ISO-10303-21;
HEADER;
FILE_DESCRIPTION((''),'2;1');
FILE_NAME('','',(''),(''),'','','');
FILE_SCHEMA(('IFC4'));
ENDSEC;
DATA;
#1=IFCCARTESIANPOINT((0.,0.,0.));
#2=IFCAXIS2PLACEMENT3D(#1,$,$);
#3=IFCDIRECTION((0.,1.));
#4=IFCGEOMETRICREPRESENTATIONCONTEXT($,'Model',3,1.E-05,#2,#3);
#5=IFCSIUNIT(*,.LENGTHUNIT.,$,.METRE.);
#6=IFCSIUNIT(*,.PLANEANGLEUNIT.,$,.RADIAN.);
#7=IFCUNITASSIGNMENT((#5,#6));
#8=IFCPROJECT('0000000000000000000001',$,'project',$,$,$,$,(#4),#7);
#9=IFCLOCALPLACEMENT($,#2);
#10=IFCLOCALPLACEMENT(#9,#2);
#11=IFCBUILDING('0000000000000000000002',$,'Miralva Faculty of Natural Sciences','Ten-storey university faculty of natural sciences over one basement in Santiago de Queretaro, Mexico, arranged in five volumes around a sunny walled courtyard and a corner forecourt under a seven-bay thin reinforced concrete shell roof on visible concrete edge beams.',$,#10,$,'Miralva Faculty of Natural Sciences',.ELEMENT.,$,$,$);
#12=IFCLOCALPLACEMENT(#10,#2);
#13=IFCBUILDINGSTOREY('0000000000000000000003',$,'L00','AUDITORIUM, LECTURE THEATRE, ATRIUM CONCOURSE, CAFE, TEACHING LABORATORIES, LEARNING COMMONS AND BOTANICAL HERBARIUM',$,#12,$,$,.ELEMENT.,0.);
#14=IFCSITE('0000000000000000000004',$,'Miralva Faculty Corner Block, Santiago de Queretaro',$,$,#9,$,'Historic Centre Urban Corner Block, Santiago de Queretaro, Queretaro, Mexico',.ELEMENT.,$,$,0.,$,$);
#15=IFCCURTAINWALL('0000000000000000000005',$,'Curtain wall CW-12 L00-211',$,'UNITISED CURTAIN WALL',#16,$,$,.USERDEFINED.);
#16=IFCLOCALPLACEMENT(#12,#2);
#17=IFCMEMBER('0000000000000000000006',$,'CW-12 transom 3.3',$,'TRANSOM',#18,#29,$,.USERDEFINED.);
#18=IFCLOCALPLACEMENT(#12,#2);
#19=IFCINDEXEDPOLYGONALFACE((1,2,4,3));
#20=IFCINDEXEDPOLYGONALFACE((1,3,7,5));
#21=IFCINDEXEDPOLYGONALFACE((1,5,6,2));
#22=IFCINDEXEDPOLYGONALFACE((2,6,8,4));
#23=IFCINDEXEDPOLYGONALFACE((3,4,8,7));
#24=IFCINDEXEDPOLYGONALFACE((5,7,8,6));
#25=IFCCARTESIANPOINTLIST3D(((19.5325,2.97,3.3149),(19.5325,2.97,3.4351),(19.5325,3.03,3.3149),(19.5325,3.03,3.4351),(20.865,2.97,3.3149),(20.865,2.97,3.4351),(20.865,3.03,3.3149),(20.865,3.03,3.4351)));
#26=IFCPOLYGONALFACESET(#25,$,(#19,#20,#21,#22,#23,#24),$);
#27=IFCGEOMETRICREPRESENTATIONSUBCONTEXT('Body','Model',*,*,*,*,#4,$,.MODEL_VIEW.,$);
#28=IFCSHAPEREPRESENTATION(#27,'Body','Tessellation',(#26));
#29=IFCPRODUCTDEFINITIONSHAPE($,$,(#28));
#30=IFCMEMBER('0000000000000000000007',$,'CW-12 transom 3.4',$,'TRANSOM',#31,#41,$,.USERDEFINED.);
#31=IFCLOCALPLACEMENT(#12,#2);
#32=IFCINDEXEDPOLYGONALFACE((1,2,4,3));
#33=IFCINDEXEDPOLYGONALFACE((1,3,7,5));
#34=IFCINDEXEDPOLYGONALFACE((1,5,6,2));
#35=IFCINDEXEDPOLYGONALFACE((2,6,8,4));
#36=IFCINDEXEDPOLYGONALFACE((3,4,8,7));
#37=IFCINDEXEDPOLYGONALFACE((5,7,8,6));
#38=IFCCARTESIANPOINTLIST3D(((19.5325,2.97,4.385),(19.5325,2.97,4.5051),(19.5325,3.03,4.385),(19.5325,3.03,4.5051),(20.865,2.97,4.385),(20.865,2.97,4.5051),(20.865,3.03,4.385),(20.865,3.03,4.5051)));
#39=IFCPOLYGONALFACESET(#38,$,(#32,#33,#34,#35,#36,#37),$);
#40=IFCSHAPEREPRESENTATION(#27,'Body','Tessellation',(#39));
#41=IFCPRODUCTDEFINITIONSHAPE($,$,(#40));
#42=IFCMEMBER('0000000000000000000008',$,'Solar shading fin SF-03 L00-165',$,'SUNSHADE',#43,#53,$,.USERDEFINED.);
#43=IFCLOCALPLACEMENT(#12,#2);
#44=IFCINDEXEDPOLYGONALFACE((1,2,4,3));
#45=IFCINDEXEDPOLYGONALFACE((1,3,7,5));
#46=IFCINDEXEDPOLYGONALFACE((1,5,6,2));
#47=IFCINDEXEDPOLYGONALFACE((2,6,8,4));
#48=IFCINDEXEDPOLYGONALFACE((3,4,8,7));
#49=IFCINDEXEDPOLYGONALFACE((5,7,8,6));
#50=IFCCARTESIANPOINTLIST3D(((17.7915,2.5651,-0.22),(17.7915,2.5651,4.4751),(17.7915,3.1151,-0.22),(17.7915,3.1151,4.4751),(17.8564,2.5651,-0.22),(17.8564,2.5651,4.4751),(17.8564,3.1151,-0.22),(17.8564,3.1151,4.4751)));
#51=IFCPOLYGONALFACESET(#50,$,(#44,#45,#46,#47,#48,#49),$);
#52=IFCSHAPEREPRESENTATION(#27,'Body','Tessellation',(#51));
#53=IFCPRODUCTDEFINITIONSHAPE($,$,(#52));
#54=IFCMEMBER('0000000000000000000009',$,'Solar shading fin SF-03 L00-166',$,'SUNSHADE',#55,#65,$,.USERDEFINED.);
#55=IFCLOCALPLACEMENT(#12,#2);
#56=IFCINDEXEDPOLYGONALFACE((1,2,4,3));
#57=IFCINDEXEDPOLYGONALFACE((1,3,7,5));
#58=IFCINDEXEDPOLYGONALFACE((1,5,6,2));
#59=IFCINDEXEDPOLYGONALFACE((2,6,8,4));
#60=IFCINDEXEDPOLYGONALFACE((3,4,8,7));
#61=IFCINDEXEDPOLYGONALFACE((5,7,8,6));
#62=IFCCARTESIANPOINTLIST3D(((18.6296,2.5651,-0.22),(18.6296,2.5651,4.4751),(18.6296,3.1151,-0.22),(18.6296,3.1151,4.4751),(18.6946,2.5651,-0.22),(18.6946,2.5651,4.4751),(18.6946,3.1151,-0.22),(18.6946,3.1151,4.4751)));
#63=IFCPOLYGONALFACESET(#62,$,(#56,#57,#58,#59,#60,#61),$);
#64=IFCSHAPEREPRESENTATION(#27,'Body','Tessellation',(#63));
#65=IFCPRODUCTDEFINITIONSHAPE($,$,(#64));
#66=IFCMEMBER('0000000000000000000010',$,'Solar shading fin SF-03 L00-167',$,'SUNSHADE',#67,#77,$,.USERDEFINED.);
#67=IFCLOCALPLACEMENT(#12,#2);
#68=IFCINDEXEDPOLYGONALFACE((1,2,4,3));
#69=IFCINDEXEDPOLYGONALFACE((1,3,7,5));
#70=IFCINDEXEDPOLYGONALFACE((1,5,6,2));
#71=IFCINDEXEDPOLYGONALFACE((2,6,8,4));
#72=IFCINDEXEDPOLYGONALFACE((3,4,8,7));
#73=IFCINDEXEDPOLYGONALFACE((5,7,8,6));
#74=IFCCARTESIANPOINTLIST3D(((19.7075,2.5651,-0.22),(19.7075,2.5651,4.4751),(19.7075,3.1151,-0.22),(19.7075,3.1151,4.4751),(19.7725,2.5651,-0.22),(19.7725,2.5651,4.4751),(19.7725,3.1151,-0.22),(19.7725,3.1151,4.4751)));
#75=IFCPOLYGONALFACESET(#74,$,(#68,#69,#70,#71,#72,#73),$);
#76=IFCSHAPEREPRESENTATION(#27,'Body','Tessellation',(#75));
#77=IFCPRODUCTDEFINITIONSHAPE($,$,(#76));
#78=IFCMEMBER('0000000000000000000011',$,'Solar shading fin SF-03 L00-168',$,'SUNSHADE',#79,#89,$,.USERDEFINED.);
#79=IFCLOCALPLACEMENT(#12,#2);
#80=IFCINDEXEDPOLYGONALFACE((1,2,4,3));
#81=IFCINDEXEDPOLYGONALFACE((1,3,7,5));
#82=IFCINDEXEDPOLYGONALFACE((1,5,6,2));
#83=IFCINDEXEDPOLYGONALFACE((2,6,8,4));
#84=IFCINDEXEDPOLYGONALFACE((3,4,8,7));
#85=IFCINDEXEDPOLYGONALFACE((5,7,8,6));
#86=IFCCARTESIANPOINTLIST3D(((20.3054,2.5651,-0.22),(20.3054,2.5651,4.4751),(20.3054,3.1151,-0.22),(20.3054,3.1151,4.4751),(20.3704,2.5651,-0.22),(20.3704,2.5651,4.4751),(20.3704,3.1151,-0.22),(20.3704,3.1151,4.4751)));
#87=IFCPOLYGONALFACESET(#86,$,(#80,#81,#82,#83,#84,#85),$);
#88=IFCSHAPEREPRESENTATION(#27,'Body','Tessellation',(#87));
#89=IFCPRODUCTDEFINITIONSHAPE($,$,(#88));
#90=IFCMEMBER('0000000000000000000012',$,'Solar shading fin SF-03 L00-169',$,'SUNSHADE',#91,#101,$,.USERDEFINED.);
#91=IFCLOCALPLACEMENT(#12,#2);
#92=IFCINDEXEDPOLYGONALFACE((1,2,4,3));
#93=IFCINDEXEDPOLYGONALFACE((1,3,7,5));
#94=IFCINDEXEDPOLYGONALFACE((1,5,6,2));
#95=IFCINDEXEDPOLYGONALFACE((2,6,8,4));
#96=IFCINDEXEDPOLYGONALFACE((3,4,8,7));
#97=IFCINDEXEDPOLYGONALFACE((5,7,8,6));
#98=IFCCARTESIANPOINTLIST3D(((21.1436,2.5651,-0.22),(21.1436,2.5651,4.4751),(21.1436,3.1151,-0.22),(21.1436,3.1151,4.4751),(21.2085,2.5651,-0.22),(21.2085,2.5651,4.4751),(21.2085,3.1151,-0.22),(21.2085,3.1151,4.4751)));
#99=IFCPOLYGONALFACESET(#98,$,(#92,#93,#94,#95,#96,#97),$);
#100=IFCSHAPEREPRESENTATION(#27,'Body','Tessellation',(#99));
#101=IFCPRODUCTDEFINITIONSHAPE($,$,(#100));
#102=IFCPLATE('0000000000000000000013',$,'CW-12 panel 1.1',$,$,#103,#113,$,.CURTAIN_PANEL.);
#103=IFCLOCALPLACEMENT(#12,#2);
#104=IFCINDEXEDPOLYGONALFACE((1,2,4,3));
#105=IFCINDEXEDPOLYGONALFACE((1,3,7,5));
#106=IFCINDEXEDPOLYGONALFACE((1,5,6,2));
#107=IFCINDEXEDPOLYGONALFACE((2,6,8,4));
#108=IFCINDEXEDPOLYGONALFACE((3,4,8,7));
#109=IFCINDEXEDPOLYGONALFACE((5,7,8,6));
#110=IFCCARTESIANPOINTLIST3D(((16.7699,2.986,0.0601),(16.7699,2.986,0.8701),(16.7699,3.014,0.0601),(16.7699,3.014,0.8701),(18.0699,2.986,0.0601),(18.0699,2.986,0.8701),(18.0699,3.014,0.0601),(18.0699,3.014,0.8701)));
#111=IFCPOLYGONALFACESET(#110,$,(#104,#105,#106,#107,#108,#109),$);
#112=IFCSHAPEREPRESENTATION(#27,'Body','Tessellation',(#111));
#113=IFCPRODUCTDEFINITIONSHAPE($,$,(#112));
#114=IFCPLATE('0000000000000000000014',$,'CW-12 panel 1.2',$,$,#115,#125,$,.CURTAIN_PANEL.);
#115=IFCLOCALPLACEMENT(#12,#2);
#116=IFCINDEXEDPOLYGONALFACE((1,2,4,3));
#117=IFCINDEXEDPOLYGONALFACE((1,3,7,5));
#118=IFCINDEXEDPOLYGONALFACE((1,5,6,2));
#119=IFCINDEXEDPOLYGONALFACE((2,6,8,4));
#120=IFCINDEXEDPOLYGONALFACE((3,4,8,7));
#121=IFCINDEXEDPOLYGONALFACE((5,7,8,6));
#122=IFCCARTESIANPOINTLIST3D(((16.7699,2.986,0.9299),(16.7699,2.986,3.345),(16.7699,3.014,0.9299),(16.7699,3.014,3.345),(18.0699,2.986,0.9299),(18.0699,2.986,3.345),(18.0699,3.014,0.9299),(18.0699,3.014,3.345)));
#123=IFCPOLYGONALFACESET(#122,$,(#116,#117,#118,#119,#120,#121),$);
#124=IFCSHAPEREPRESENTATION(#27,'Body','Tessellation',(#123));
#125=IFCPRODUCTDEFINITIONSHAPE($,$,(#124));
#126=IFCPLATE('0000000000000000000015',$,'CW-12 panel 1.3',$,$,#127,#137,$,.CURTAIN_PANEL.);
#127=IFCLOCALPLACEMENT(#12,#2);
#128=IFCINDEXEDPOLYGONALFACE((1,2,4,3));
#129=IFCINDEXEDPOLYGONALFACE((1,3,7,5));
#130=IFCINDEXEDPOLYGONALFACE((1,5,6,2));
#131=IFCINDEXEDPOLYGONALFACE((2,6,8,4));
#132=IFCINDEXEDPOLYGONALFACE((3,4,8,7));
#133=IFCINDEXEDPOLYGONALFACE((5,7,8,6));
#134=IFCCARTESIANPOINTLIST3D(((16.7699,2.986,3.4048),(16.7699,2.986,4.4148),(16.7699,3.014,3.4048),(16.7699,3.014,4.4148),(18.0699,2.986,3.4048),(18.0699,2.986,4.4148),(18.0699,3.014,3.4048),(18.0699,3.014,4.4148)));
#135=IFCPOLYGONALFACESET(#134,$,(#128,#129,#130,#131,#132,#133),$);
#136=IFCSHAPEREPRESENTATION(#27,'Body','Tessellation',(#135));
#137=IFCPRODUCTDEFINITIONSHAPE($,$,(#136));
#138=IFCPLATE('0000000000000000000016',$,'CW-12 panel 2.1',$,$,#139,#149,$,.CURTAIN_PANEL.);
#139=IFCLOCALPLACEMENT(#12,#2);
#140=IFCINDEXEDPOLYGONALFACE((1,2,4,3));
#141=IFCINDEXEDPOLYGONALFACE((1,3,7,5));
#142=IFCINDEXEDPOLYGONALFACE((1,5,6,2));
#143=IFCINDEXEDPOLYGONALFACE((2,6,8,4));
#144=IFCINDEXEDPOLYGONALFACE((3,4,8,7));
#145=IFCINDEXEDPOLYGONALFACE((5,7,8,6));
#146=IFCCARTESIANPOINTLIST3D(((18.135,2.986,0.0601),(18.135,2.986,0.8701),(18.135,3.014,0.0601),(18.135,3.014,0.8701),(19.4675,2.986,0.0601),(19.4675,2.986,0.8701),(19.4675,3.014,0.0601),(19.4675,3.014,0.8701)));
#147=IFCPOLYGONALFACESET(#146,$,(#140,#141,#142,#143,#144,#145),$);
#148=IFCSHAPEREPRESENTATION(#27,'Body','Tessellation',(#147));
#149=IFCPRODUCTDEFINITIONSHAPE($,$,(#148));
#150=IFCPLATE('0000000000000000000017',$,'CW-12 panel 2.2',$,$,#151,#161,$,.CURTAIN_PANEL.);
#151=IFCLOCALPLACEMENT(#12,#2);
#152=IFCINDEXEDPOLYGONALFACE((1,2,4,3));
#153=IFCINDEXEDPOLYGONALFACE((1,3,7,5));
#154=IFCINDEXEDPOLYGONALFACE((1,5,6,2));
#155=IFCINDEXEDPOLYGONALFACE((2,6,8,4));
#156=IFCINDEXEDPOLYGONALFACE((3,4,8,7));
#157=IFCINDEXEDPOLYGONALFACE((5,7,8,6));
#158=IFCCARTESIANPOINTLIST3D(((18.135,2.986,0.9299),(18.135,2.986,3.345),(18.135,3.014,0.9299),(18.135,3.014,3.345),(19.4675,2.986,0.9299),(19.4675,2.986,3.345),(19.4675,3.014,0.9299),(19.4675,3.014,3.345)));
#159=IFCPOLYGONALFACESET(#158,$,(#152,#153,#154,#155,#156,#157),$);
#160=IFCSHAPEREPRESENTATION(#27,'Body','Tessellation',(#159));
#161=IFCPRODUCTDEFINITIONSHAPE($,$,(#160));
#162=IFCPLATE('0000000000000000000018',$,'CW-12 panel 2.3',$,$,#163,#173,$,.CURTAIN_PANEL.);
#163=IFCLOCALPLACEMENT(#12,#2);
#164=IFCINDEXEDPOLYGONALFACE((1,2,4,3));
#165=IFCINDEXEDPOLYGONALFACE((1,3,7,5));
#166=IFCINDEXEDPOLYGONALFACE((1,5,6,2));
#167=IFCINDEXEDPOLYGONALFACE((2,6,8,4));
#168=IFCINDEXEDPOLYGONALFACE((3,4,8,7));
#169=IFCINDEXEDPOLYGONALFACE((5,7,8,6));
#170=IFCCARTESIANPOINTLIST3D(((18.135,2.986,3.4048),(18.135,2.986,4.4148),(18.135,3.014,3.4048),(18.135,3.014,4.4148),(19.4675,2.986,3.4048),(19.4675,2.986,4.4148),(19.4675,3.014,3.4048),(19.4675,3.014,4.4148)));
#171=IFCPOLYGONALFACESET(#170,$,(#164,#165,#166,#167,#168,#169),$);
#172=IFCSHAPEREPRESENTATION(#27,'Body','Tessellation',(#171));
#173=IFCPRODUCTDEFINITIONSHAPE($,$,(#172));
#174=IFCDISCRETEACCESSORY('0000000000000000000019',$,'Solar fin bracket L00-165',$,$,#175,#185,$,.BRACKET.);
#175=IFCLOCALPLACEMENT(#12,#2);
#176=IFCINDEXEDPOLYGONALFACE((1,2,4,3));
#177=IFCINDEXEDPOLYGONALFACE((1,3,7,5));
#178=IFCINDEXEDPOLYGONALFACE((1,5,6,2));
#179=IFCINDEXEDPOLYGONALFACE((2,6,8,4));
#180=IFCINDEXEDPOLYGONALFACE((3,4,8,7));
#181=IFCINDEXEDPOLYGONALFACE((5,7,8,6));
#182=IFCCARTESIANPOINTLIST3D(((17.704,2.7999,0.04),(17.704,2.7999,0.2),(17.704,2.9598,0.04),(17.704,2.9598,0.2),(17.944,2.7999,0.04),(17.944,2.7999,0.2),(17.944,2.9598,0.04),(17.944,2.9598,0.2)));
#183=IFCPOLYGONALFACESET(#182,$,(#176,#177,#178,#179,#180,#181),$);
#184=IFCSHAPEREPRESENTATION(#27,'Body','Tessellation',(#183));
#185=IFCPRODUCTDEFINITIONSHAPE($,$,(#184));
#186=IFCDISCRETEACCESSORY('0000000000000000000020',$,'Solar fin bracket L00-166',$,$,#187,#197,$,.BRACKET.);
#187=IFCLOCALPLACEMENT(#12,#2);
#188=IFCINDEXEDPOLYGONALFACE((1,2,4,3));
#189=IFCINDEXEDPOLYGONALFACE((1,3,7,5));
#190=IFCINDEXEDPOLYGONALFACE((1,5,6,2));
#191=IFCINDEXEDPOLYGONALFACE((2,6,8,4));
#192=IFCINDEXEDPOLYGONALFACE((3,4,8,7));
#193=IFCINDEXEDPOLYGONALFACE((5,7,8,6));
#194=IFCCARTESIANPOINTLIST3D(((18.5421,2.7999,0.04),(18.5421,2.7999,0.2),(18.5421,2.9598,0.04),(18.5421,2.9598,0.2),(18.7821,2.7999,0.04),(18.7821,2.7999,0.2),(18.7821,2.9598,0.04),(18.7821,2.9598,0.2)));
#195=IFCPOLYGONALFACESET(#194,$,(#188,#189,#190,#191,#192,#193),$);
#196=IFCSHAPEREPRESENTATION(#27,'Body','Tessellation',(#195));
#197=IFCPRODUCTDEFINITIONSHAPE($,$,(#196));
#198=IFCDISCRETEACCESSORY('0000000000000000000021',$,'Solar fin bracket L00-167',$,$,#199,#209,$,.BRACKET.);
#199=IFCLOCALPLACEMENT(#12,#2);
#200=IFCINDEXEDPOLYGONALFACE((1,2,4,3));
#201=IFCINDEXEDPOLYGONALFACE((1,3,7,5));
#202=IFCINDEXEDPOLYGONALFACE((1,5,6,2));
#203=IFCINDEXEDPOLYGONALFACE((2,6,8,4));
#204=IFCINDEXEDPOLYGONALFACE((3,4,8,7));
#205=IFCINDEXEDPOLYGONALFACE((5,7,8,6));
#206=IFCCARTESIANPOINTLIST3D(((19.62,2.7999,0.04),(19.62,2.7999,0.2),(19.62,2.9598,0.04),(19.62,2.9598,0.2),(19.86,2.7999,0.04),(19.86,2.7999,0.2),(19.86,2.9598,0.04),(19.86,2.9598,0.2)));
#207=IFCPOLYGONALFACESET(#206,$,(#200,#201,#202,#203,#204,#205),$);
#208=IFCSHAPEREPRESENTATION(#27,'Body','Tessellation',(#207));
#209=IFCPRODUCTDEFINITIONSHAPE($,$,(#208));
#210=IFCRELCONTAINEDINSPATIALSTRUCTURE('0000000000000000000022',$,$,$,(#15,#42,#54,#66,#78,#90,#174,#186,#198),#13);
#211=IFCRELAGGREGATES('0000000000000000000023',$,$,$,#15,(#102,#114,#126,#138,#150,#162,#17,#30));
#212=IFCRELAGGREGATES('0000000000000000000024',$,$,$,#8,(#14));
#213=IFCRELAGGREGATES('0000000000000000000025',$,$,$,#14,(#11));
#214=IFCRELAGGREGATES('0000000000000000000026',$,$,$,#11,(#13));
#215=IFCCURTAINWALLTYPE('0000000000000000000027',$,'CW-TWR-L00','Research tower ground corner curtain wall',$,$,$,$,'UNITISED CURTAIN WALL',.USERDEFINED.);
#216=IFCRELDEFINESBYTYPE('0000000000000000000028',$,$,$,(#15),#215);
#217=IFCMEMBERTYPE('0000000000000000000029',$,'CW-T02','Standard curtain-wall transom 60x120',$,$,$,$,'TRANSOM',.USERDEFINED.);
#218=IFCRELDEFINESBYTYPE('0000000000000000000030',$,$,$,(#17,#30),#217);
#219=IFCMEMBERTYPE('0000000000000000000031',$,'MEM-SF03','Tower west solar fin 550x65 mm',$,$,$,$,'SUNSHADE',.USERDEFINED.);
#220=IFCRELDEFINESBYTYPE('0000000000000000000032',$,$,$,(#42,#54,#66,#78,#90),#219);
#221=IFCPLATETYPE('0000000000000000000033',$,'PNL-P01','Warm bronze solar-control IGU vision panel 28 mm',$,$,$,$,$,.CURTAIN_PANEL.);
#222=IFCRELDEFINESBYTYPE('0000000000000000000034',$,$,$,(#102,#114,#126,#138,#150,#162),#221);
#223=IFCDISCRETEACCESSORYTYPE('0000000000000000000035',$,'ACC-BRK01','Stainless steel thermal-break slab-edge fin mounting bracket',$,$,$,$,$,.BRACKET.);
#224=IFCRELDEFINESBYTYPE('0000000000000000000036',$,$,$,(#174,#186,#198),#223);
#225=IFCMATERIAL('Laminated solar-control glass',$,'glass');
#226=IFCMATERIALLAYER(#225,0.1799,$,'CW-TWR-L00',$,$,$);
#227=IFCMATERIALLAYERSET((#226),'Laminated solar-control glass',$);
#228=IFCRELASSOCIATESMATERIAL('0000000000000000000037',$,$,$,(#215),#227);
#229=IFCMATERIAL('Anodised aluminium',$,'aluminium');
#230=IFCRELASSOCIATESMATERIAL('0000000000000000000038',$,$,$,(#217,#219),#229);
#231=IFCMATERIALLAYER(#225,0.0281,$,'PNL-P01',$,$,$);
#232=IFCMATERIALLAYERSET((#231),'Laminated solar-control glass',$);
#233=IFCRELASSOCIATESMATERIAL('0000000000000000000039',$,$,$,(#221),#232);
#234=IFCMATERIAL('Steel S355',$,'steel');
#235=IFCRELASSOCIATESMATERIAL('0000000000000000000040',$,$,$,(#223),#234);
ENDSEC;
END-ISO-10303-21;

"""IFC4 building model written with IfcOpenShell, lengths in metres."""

from ifc_helpers import new_model, si_unit, direction, frame, origin, origin_2d, place, context, subcontext, project, spatial, rectangle, extrude, material, layer, layer_set, material_profile, profile_set, type_object, element, aggregate, save


model = new_model("IFC4")

# Units and contexts
model_context = context("Model", 3, precision=1e-05, world=origin(), true_north=direction((0.0, 1.0)))
body_context = subcontext(model_context, "Body", "Model", "MODEL_VIEW")
ifc_project = project(units=[si_unit("LENGTHUNIT", "METRE"), si_unit("PLANEANGLEUNIT", "RADIAN")], contexts=[model_context])

# Site, building, storey
site_placement = place(None, origin())
site = spatial("IfcSite", under=ifc_project, at=site_placement, Name="Miralva Faculty Corner Block, Santiago de Queretaro", LongName="Historic Centre Urban Corner Block, Santiago de Queretaro, Queretaro, Mexico", CompositionType="ELEMENT", RefElevation=0.0)
building_placement = place(site_placement, origin())
building = spatial("IfcBuilding", under=site, at=building_placement, Name="Miralva Faculty of Natural Sciences", Description="Ten-storey university faculty of natural sciences over one basement in Santiago de Queretaro, Mexico, arranged in five volumes around a sunny walled courtyard and a corner forecourt under a seven-bay thin reinforced concrete shell roof on visible concrete edge beams.", LongName="Miralva Faculty of Natural Sciences", CompositionType="ELEMENT")
storey_placement = place(building_placement, origin())
storey = spatial("IfcBuildingStorey", under=building, at=storey_placement, Name="L00", Description="AUDITORIUM, LECTURE THEATRE, ATRIUM CONCOURSE, CAFE, TEACHING LABORATORIES, LEARNING COMMONS AND BOTANICAL HERBARIUM", CompositionType="ELEMENT", Elevation=0.0)

# Curtain wall, members
ifc_material_1 = material(Name="Laminated solar-control glass", Category="glass")
ifc_layer_1 = layer(ifc_material_1, 0.1799, Name="CW-TWR-L00")
ifc_layer_set_1 = layer_set([ifc_layer_1], Name="Laminated solar-control glass")
curtain_wall_type = type_object("IfcCurtainWallType", Name="CW-TWR-L00", Description="Research tower ground corner curtain wall", ElementType="UNITISED CURTAIN WALL", PredefinedType="USERDEFINED", material=ifc_layer_set_1)
curtain_wall_placement = place(storey_placement, origin())
curtain_wall = element("IfcCurtainWall", 1, at=curtain_wall_placement, inside=storey, type_object=curtain_wall_type, Name="Curtain wall CW-12 L00-211", ObjectType="UNITISED CURTAIN WALL", PredefinedType="USERDEFINED")
ifc_material_2 = material(Name="Anodised aluminium", Category="aluminium")
ifc_material_profile_1 = material_profile(ifc_material_2, rectangle(XDim=0.0601, YDim=0.1201, at=origin_2d()), Name="TRANSOM 60x120")
ifc_profile_set_1 = profile_set([ifc_material_profile_1], Name="Anodised aluminium")
member_type_1 = type_object("IfcMemberType", Name="CW-T02", Description="Standard curtain-wall transom 60x120", ElementType="TRANSOM", PredefinedType="USERDEFINED", material=ifc_profile_set_1)
member_1_placement = place(storey_placement, frame((19.5325, 3.0, 3.375), z_axis=(1.0, 0.0, 0.0), x_axis=(0.0, 1.0, 0.0)))
member_1 = element("IfcMember", 2, at=member_1_placement, type_object=member_type_1, Name="CW-12 transom 3.3", ObjectType="TRANSOM", PredefinedType="USERDEFINED", context=body_context, shape_type="SweptSolid", body=[
    extrude(rectangle(XDim=0.0601, YDim=0.1201, at=origin_2d()), origin(), (0.0, 0.0, 1.0), 1.3325),
])
member_2_placement = place(storey_placement, frame((19.5325, 3.0, 4.4451), z_axis=(1.0, 0.0, 0.0), x_axis=(0.0, 1.0, 0.0)))
member_2 = element("IfcMember", 3, at=member_2_placement, type_object=member_type_1, Name="CW-12 transom 3.4", ObjectType="TRANSOM", PredefinedType="USERDEFINED", context=body_context, shape_type="SweptSolid", body=[
    extrude(rectangle(XDim=0.0601, YDim=0.1201, at=origin_2d()), origin(), (0.0, 0.0, 1.0), 1.3325),
])

# Members
ifc_material_profile_2 = material_profile(ifc_material_2, rectangle(XDim=0.0649, YDim=0.55, at=origin_2d()), Name="FIN 550x65")
ifc_profile_set_2 = profile_set([ifc_material_profile_2], Name="Anodised aluminium")
member_type_2 = type_object("IfcMemberType", Name="MEM-SF03", Description="Tower west solar fin 550x65 mm", ElementType="SUNSHADE", PredefinedType="USERDEFINED", material=ifc_profile_set_2)
for number, where, z_axis, x_axis, name in (
    (4, (17.824, 2.8401, -0.22), (0.0, 0.0, 1.0), (1.0, 0.0, 0.0), "Solar shading fin SF-03 L00-165"),
    (5, (18.6621, 2.8401, -0.22), (0.0, 0.0, 1.0), (1.0, 0.0, 0.0), "Solar shading fin SF-03 L00-166"),
    (6, (19.74, 2.8401, -0.22), (0.0, 0.0, 1.0), (1.0, 0.0, 0.0), "Solar shading fin SF-03 L00-167"),
    (7, (20.3379, 2.8401, -0.22), (0.0, 0.0, 1.0), (1.0, 0.0, 0.0), "Solar shading fin SF-03 L00-168"),
    (8, (21.176, 2.8401, -0.22), (0.0, 0.0, 1.0), (1.0, 0.0, 0.0), "Solar shading fin SF-03 L00-169"),
):
    element("IfcMember", number, at=place(storey_placement, frame(where, z_axis=z_axis, x_axis=x_axis)), inside=storey, type_object=member_type_2, Name=name, ObjectType="SUNSHADE", PredefinedType="USERDEFINED", context=body_context, shape_type="SweptSolid", body=[
        extrude(rectangle(XDim=0.0649, YDim=0.55, at=origin_2d()), origin(), (0.0, 0.0, 1.0), 4.6951),
    ])

# Plates
ifc_layer_2 = layer(ifc_material_1, 0.0281, Name="PNL-P01")
ifc_layer_set_2 = layer_set([ifc_layer_2], Name="Laminated solar-control glass")
plate_type = type_object("IfcPlateType", Name="PNL-P01", Description="Warm bronze solar-control IGU vision panel 28 mm", PredefinedType="CURTAIN_PANEL", material=ifc_layer_set_2)
plate_1_placement = place(storey_placement, frame((17.4199, 3.0, 0.0601), z_axis=(0.0, 0.0, 1.0), x_axis=(1.0, 0.0, 0.0)))
plate_1 = element("IfcPlate", 9, at=plate_1_placement, type_object=plate_type, Name="CW-12 panel 1.1", PredefinedType="CURTAIN_PANEL", context=body_context, shape_type="SweptSolid", body=[
    extrude(rectangle(XDim=1.3, YDim=0.0281, at=origin_2d()), origin(), (0.0, 0.0, 1.0), 0.8101),
])
plate_2_placement = place(storey_placement, frame((17.4199, 3.0, 0.9299), z_axis=(0.0, 0.0, 1.0), x_axis=(1.0, 0.0, 0.0)))
plate_2 = element("IfcPlate", 10, at=plate_2_placement, type_object=plate_type, Name="CW-12 panel 1.2", PredefinedType="CURTAIN_PANEL", context=body_context, shape_type="SweptSolid", body=[
    extrude(rectangle(XDim=1.3, YDim=0.0281, at=origin_2d()), origin(), (0.0, 0.0, 1.0), 2.415),
])
plate_3_placement = place(storey_placement, frame((17.4199, 3.0, 3.4048), z_axis=(0.0, 0.0, 1.0), x_axis=(1.0, 0.0, 0.0)))
plate_3 = element("IfcPlate", 11, at=plate_3_placement, type_object=plate_type, Name="CW-12 panel 1.3", PredefinedType="CURTAIN_PANEL", context=body_context, shape_type="SweptSolid", body=[
    extrude(rectangle(XDim=1.3, YDim=0.0281, at=origin_2d()), origin(), (0.0, 0.0, 1.0), 1.01),
])
plate_4_placement = place(storey_placement, frame((18.8013, 3.0, 0.0601), z_axis=(0.0, 0.0, 1.0), x_axis=(1.0, 0.0, 0.0)))
plate_4 = element("IfcPlate", 12, at=plate_4_placement, type_object=plate_type, Name="CW-12 panel 2.1", PredefinedType="CURTAIN_PANEL", context=body_context, shape_type="SweptSolid", body=[
    extrude(rectangle(XDim=1.3325, YDim=0.0281, at=origin_2d()), origin(), (0.0, 0.0, 1.0), 0.8101),
])
plate_5_placement = place(storey_placement, frame((18.8013, 3.0, 0.9299), z_axis=(0.0, 0.0, 1.0), x_axis=(1.0, 0.0, 0.0)))
plate_5 = element("IfcPlate", 13, at=plate_5_placement, type_object=plate_type, Name="CW-12 panel 2.2", PredefinedType="CURTAIN_PANEL", context=body_context, shape_type="SweptSolid", body=[
    extrude(rectangle(XDim=1.3325, YDim=0.0281, at=origin_2d()), origin(), (0.0, 0.0, 1.0), 2.415),
])
plate_6_placement = place(storey_placement, frame((18.8013, 3.0, 3.4048), z_axis=(0.0, 0.0, 1.0), x_axis=(1.0, 0.0, 0.0)))
plate_6 = element("IfcPlate", 14, at=plate_6_placement, type_object=plate_type, Name="CW-12 panel 2.3", PredefinedType="CURTAIN_PANEL", context=body_context, shape_type="SweptSolid", body=[
    extrude(rectangle(XDim=1.3325, YDim=0.0281, at=origin_2d()), origin(), (0.0, 0.0, 1.0), 1.01),
])
aggregate(curtain_wall, [plate_1, plate_2, plate_3, plate_4, plate_5, plate_6, member_1, member_2])

# Discrete accessories
ifc_material_3 = material(Name="Steel S355", Category="steel")
discrete_accessory_type = type_object("IfcDiscreteAccessoryType", Name="ACC-BRK01", Description="Stainless steel thermal-break slab-edge fin mounting bracket", PredefinedType="BRACKET", material=ifc_material_3)
for number, where, z_axis, x_axis, name in (
    (15, (17.824, 2.8799, 0.04), (0.0, 0.0, 1.0), (0.0, -1.0, 0.0), "Solar fin bracket L00-165"),
    (16, (18.6621, 2.8799, 0.04), (0.0, 0.0, 1.0), (0.0, -1.0, 0.0), "Solar fin bracket L00-166"),
    (17, (19.74, 2.8799, 0.04), (0.0, 0.0, 1.0), (0.0, -1.0, 0.0), "Solar fin bracket L00-167"),
):
    element("IfcDiscreteAccessory", number, at=place(storey_placement, frame(where, z_axis=z_axis, x_axis=x_axis)), inside=storey, type_object=discrete_accessory_type, Name=name, PredefinedType="BRACKET", context=body_context, shape_type="SweptSolid", body=[
        extrude(rectangle(XDim=0.1599, YDim=0.24, at=origin_2d()), origin(), (0.0, 0.0, 1.0), 0.1599),
    ])

save(model, "model.ifc")
